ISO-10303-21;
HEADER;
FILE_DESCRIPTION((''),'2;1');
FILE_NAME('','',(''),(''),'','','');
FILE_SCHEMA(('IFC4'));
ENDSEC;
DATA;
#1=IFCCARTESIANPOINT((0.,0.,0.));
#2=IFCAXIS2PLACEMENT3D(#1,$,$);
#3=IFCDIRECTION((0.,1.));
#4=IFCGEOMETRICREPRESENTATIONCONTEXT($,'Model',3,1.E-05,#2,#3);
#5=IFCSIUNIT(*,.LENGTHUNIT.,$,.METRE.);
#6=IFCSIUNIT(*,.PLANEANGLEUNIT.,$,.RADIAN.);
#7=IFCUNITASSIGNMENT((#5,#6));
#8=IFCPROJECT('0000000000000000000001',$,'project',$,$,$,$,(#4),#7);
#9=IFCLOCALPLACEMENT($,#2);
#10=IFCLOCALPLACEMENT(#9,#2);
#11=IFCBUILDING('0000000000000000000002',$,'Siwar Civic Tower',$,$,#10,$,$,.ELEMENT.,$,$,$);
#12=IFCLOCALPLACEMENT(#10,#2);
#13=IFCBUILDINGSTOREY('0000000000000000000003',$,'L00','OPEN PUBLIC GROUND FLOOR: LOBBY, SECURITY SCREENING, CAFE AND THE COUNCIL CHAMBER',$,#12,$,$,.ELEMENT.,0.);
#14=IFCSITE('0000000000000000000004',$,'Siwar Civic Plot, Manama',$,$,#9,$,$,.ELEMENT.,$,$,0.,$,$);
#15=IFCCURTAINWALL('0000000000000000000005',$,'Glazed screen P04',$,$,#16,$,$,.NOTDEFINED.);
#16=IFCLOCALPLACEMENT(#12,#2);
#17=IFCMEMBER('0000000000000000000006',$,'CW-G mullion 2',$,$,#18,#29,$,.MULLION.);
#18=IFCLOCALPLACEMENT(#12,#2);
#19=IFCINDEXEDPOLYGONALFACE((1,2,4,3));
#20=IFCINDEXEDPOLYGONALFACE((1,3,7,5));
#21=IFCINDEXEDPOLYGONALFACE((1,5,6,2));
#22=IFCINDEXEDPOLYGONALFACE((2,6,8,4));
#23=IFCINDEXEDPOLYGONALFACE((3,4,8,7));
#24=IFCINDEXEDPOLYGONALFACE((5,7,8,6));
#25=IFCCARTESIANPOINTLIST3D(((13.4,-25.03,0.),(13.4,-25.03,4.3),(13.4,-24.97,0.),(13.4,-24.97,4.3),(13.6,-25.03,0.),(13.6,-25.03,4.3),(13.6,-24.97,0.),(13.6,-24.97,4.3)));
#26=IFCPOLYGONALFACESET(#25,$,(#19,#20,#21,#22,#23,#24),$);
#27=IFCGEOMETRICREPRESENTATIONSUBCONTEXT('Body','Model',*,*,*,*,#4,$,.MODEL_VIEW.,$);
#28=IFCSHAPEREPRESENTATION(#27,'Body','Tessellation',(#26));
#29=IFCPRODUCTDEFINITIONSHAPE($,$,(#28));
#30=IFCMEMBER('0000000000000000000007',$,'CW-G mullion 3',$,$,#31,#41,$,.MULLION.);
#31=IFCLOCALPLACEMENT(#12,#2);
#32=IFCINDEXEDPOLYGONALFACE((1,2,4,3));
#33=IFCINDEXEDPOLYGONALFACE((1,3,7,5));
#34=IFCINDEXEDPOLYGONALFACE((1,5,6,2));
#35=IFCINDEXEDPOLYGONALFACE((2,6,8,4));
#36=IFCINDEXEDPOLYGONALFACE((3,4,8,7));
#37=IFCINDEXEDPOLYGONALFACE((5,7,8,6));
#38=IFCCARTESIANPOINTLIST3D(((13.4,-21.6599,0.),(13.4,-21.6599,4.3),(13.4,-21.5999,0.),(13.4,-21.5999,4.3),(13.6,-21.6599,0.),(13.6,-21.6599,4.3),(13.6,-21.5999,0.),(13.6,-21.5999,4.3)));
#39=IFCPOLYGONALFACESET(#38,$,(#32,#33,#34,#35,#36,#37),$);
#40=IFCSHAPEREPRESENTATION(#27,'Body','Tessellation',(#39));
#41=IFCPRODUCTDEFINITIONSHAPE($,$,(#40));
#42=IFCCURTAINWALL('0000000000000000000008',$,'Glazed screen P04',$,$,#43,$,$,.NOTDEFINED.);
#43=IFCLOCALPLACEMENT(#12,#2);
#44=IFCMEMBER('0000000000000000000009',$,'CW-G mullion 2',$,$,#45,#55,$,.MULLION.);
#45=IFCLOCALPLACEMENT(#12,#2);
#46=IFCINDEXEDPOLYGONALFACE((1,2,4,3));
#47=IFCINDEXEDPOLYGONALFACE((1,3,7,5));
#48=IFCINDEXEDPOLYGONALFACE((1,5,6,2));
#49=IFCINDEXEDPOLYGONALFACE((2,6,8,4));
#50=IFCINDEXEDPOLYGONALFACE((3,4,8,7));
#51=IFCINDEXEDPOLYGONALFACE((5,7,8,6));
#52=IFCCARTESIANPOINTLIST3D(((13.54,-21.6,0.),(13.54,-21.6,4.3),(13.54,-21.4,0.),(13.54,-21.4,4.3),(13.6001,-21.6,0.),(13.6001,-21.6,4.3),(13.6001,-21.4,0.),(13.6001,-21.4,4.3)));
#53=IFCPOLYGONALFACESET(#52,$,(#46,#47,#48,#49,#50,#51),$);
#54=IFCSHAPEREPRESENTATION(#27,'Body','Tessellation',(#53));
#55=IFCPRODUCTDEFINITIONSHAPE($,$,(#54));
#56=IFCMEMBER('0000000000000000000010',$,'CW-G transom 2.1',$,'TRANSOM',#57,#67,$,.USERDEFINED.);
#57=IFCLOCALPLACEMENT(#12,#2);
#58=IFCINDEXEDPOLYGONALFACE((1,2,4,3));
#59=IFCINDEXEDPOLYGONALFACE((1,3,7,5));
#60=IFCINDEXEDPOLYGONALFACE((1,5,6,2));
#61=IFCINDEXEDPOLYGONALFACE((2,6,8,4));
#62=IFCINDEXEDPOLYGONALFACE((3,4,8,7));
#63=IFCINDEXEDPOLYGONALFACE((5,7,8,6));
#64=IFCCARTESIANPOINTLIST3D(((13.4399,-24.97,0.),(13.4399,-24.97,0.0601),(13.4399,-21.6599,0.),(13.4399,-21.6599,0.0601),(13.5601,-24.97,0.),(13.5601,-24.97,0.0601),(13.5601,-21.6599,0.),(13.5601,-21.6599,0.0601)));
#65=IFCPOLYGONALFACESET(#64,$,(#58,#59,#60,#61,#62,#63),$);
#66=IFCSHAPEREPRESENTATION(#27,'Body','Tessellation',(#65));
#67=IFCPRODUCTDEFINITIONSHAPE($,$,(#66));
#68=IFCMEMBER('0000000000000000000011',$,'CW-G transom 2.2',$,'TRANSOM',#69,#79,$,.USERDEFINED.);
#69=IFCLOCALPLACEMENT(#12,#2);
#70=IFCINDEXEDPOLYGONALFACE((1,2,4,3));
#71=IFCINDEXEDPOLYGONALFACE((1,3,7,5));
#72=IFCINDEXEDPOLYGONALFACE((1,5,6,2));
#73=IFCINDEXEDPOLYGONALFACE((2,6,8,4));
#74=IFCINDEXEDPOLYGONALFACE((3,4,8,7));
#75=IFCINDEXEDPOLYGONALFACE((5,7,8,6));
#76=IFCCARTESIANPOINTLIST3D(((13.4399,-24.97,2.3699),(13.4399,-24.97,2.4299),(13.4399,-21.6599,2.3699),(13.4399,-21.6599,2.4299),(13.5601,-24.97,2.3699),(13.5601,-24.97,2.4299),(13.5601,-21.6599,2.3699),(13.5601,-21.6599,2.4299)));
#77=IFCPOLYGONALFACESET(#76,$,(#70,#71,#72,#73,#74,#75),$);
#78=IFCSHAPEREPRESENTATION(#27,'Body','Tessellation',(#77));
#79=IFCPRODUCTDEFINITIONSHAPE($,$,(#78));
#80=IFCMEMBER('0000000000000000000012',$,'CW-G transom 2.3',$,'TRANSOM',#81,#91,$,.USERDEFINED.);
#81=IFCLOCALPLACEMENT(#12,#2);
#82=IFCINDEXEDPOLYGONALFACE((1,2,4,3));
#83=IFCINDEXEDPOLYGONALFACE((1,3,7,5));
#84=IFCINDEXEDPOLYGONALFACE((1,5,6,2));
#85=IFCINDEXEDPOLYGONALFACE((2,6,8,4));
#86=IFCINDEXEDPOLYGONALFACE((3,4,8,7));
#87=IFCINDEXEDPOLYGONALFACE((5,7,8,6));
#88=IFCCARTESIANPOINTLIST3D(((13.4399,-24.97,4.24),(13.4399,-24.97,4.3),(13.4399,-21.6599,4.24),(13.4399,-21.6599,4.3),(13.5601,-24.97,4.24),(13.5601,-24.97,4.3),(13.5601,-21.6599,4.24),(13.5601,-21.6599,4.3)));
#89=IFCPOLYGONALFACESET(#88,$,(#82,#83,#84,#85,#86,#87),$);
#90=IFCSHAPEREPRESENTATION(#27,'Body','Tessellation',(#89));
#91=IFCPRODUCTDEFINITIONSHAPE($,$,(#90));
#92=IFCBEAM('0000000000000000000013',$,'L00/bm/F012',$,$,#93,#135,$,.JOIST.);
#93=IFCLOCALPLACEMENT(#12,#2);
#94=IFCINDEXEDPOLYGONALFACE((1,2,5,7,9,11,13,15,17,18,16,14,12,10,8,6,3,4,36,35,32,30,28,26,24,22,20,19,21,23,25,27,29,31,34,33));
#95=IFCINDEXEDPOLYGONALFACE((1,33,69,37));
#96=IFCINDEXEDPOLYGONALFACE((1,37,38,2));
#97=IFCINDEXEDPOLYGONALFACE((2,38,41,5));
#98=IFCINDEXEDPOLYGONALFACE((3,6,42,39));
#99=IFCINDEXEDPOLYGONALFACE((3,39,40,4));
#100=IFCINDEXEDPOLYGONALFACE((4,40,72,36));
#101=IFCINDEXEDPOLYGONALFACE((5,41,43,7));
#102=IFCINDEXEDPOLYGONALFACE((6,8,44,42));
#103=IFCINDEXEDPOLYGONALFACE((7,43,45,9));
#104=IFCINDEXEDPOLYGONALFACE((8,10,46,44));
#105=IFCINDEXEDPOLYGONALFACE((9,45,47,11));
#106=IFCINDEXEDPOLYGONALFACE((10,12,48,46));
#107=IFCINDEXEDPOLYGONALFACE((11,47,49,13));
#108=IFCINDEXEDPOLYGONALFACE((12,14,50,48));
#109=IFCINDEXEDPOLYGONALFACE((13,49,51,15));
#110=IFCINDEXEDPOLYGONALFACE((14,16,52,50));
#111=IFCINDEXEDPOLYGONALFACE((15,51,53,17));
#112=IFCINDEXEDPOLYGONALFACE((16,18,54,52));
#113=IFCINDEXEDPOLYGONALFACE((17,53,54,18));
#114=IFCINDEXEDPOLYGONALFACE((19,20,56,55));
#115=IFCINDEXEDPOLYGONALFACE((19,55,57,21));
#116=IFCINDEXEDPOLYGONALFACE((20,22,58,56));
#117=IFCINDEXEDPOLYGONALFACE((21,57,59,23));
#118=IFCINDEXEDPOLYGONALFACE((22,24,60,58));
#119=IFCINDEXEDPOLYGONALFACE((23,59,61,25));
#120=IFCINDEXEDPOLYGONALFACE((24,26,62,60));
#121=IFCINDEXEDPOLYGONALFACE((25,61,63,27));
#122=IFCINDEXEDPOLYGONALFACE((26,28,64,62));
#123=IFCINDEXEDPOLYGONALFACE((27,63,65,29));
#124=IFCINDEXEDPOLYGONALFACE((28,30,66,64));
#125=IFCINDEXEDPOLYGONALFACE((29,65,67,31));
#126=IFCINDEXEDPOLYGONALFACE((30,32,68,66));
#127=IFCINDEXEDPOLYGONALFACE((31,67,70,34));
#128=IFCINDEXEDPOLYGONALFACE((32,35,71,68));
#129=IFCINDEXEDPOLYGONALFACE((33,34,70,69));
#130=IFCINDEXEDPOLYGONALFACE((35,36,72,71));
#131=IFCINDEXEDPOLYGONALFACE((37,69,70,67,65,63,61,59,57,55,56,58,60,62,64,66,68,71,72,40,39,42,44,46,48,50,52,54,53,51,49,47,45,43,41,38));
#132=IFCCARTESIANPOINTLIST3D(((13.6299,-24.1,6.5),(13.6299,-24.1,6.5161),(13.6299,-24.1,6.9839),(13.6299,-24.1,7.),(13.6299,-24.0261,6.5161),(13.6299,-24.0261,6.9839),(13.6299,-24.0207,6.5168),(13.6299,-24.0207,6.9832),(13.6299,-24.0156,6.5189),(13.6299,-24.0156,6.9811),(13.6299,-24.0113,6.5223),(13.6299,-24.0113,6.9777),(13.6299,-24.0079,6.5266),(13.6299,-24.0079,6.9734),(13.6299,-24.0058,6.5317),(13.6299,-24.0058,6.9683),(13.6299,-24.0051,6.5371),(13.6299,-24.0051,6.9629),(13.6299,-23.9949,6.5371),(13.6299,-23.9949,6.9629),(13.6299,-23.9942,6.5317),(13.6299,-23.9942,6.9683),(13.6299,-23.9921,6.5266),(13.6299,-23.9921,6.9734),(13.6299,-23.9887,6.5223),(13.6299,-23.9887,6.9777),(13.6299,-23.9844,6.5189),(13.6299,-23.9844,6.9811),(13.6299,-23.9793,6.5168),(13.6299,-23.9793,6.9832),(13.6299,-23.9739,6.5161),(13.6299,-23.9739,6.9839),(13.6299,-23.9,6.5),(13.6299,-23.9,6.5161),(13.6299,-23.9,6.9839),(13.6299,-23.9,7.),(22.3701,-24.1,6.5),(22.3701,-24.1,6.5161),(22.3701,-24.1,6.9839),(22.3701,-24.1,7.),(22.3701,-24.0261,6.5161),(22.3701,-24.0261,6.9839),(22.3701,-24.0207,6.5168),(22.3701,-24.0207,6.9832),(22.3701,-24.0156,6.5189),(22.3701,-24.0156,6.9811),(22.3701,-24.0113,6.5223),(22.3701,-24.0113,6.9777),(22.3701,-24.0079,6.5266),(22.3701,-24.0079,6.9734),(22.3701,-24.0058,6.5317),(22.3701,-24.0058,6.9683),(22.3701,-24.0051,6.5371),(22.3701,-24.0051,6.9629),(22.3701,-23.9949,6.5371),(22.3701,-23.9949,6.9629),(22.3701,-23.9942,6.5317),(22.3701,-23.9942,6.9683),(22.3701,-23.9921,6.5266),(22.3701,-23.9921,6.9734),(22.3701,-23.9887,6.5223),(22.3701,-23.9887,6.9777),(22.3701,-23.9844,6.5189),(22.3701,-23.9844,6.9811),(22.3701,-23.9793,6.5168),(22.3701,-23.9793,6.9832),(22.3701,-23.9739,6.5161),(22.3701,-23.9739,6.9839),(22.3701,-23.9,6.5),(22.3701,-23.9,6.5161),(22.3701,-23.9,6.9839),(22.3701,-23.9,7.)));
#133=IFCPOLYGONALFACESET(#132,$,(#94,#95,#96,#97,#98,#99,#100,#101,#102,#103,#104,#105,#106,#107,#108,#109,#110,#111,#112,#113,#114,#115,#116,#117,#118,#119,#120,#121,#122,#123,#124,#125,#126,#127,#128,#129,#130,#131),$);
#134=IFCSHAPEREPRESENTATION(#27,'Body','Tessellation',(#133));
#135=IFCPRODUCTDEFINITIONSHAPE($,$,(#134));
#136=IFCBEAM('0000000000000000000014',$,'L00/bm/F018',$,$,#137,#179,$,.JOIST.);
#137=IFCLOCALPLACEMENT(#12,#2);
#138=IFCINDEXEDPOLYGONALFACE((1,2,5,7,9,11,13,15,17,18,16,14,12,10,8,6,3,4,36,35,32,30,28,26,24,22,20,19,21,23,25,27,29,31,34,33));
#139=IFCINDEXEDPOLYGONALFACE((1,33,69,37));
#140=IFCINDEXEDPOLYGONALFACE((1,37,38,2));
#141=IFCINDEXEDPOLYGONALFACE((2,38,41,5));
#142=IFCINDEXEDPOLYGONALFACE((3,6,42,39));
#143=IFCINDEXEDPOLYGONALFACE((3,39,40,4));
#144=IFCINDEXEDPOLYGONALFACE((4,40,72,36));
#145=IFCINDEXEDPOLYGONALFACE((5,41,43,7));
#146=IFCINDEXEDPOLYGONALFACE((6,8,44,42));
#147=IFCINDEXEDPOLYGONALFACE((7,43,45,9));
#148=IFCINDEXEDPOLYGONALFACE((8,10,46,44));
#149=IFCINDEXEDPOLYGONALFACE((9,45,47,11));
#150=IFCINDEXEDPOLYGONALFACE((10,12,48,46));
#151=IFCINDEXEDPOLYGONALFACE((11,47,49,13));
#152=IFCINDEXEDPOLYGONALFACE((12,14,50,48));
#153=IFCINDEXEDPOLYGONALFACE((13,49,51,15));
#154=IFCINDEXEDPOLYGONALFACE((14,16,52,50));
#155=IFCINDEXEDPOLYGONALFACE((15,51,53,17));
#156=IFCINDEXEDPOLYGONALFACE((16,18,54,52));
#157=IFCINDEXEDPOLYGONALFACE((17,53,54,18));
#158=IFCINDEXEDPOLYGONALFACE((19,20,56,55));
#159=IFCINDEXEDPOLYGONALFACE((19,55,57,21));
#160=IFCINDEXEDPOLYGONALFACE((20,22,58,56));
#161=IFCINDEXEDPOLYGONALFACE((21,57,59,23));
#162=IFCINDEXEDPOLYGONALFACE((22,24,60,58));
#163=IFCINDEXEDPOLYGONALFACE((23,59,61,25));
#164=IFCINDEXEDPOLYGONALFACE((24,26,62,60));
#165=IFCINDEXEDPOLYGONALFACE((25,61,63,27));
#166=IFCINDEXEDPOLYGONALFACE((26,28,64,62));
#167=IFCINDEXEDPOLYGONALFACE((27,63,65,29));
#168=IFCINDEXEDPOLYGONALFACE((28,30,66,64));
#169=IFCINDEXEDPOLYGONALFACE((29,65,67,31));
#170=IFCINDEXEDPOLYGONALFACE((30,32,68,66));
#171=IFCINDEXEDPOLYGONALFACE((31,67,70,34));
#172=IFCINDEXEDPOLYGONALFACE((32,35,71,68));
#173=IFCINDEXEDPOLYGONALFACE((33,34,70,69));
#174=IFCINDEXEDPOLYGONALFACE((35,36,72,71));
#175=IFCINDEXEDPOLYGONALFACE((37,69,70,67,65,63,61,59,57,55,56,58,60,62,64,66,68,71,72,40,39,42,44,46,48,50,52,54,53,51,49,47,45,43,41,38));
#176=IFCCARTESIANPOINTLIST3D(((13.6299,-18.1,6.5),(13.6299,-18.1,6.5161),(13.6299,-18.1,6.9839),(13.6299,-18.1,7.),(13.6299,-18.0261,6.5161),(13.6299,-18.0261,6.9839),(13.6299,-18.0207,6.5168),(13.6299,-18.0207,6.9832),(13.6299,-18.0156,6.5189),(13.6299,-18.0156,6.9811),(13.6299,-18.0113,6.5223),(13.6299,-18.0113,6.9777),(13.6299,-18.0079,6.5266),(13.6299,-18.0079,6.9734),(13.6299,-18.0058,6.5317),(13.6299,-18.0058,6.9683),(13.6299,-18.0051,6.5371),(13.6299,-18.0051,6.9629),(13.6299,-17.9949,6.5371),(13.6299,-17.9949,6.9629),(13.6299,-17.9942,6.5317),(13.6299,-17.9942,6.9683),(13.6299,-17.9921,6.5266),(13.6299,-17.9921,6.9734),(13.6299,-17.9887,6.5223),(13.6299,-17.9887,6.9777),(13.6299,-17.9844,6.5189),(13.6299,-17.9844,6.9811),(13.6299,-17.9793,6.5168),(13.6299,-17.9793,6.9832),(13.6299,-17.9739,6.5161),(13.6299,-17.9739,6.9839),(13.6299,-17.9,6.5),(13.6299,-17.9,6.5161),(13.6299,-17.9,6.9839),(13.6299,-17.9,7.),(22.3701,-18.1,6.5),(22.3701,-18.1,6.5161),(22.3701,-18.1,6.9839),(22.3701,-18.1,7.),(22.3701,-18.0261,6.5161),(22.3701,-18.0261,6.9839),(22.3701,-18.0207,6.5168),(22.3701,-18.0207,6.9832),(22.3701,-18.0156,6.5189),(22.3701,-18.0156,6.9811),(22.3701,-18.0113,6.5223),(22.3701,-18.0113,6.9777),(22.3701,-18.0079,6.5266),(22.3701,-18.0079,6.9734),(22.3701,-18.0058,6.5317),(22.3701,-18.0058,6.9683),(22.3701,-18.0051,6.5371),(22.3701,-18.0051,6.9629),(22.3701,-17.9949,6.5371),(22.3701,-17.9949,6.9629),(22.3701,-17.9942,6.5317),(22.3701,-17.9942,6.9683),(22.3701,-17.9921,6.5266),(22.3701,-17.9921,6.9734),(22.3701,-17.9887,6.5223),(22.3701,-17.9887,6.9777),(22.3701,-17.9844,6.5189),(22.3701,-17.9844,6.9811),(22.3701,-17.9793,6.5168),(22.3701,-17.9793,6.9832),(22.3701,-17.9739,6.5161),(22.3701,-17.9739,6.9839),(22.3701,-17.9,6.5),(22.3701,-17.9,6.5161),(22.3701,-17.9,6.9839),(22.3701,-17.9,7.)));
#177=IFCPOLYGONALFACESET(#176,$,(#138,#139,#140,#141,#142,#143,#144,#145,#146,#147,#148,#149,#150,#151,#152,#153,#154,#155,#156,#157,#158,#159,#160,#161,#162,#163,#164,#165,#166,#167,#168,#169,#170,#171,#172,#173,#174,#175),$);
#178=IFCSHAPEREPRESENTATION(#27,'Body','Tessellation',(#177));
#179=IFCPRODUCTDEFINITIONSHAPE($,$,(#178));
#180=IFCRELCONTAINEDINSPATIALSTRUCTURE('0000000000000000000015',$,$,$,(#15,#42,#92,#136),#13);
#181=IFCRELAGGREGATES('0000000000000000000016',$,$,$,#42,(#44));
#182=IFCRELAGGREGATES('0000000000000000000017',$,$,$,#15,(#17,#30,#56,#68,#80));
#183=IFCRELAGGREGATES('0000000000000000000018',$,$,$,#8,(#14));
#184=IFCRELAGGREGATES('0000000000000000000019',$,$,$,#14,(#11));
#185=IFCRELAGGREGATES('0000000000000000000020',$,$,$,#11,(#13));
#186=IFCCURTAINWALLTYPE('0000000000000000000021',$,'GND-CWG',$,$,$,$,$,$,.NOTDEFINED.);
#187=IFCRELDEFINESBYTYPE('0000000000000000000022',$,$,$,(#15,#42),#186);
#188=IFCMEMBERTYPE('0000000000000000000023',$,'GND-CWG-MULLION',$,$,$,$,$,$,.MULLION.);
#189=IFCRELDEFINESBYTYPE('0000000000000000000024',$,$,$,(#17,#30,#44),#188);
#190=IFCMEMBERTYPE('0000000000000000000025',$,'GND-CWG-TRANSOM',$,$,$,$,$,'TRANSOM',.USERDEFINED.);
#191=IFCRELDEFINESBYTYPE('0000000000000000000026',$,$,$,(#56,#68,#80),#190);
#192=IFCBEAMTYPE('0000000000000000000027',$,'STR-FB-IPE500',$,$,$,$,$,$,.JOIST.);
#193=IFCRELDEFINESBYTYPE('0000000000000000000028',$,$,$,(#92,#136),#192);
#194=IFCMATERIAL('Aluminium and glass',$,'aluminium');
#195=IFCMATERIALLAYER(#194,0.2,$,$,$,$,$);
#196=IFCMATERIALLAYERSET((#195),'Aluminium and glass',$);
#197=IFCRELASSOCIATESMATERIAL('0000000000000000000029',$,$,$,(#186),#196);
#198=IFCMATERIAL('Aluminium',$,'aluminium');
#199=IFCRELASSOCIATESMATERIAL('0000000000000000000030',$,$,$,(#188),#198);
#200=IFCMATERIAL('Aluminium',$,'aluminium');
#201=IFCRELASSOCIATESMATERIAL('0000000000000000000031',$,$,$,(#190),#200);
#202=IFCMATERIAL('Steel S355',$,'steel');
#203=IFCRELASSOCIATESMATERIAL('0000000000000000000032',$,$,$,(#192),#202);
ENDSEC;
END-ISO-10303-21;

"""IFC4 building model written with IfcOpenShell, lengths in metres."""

from ifc_helpers import new_model, si_unit, direction, frame, origin, origin_2d, place, context, subcontext, project, spatial, rectangle, i_section, extrude, material, layer, layer_set, material_profile, profile_set, type_object, element, aggregate, save


model = new_model("IFC4")

# Units and contexts
model_context = context("Model", 3, precision=1e-05, world=origin(), true_north=direction((0.0, 1.0)))
body_context = subcontext(model_context, "Body", "Model", "MODEL_VIEW")
ifc_project = project(units=[si_unit("LENGTHUNIT", "METRE"), si_unit("PLANEANGLEUNIT", "RADIAN")], contexts=[model_context])

# Site, building, storey
site_placement = place(None, origin())
site = spatial("IfcSite", under=ifc_project, at=site_placement, Name="Siwar Civic Plot, Manama", CompositionType="ELEMENT", RefElevation=0.0)
building_placement = place(site_placement, origin())
building = spatial("IfcBuilding", under=site, at=building_placement, Name="Siwar Civic Tower", CompositionType="ELEMENT")
storey_placement = place(building_placement, origin())
storey = spatial("IfcBuildingStorey", under=building, at=storey_placement, Name="L00", Description="OPEN PUBLIC GROUND FLOOR: LOBBY, SECURITY SCREENING, CAFE AND THE COUNCIL CHAMBER", CompositionType="ELEMENT", Elevation=0.0)

# Curtain wall, members
ifc_material_1 = material(Name="Aluminium and glass", Category="aluminium")
ifc_layer_1 = layer(ifc_material_1, 0.2)
ifc_layer_set_1 = layer_set([ifc_layer_1], Name="Aluminium and glass")
curtain_wall_type = type_object("IfcCurtainWallType", Name="GND-CWG", PredefinedType="NOTDEFINED", material=ifc_layer_set_1)
curtain_wall_1_placement = place(storey_placement, origin())
curtain_wall_1 = element("IfcCurtainWall", 1, at=curtain_wall_1_placement, inside=storey, type_object=curtain_wall_type, Name="Glazed screen P04", PredefinedType="NOTDEFINED")
ifc_material_2 = material(Name="Aluminium", Category="aluminium")
ifc_material_profile_1 = material_profile(ifc_material_2, rectangle(XDim=0.2, YDim=0.0601, at=origin_2d()), Name="AL 200x60")
ifc_profile_set_1 = profile_set([ifc_material_profile_1], Name="Aluminium")
member_type_1 = type_object("IfcMemberType", Name="GND-CWG-MULLION", PredefinedType="MULLION", material=ifc_profile_set_1)
member_1_placement = place(storey_placement, frame((13.5, -25.0, 0.0), z_axis=(0.0, 0.0, 1.0), x_axis=(-1.0, 0.0, 0.0)))
member_1 = element("IfcMember", 2, at=member_1_placement, type_object=member_type_1, Name="CW-G mullion 2", PredefinedType="MULLION", context=body_context, shape_type="SweptSolid", body=[
    extrude(rectangle(XDim=0.2, YDim=0.0601, at=origin_2d()), origin(), (0.0, 0.0, 1.0), 4.3),
])
member_2_placement = place(storey_placement, frame((13.5, -21.6299, 0.0), z_axis=(0.0, 0.0, 1.0), x_axis=(-1.0, 0.0, 0.0)))
member_2 = element("IfcMember", 3, at=member_2_placement, type_object=member_type_1, Name="CW-G mullion 3", PredefinedType="MULLION", context=body_context, shape_type="SweptSolid", body=[
    extrude(rectangle(XDim=0.2, YDim=0.0601, at=origin_2d()), origin(), (0.0, 0.0, 1.0), 4.3),
])

# Curtain wall, member
curtain_wall_2_placement = place(storey_placement, origin())
curtain_wall_2 = element("IfcCurtainWall", 4, at=curtain_wall_2_placement, inside=storey, type_object=curtain_wall_type, Name="Glazed screen P04", PredefinedType="NOTDEFINED")
member_3_placement = place(storey_placement, frame((13.5701, -21.5, 0.0), z_axis=(0.0, 0.0, 1.0), x_axis=(0.0, 1.0, 0.0)))
member_3 = element("IfcMember", 5, at=member_3_placement, type_object=member_type_1, Name="CW-G mullion 2", PredefinedType="MULLION", context=body_context, shape_type="SweptSolid", body=[
    extrude(rectangle(XDim=0.2, YDim=0.0601, at=origin_2d()), origin(), (0.0, 0.0, 1.0), 4.3),
])
aggregate(curtain_wall_2, [member_3])

# Members
ifc_material_3 = material(Name="Aluminium", Category="aluminium")
ifc_material_profile_2 = material_profile(ifc_material_3, rectangle(XDim=0.1201, YDim=0.0601, at=origin_2d()), Name="AL 120x60")
ifc_profile_set_2 = profile_set([ifc_material_profile_2], Name="Aluminium")
member_type_2 = type_object("IfcMemberType", Name="GND-CWG-TRANSOM", ElementType="TRANSOM", PredefinedType="USERDEFINED", material=ifc_profile_set_2)
member_4_placement = place(storey_placement, frame((13.5, -24.97, 0.03), z_axis=(0.0, 1.0, 0.0), x_axis=(-1.0, 0.0, 0.0)))
member_4 = element("IfcMember", 6, at=member_4_placement, type_object=member_type_2, Name="CW-G transom 2.1", ObjectType="TRANSOM", PredefinedType="USERDEFINED", context=body_context, shape_type="SweptSolid", body=[
    extrude(rectangle(XDim=0.1201, YDim=0.0601, at=origin_2d()), origin(), (0.0, 0.0, 1.0), 3.3101),
])
member_5_placement = place(storey_placement, frame((13.5, -24.97, 2.3999), z_axis=(0.0, 1.0, 0.0), x_axis=(-1.0, 0.0, 0.0)))
member_5 = element("IfcMember", 7, at=member_5_placement, type_object=member_type_2, Name="CW-G transom 2.2", ObjectType="TRANSOM", PredefinedType="USERDEFINED", context=body_context, shape_type="SweptSolid", body=[
    extrude(rectangle(XDim=0.1201, YDim=0.0601, at=origin_2d()), origin(), (0.0, 0.0, 1.0), 3.3101),
])
member_6_placement = place(storey_placement, frame((13.5, -24.97, 4.27), z_axis=(0.0, 1.0, 0.0), x_axis=(-1.0, 0.0, 0.0)))
member_6 = element("IfcMember", 8, at=member_6_placement, type_object=member_type_2, Name="CW-G transom 2.3", ObjectType="TRANSOM", PredefinedType="USERDEFINED", context=body_context, shape_type="SweptSolid", body=[
    extrude(rectangle(XDim=0.1201, YDim=0.0601, at=origin_2d()), origin(), (0.0, 0.0, 1.0), 3.3101),
])

# Beams
ifc_material_4 = material(Name="Steel S355", Category="steel")
ifc_material_profile_3 = material_profile(ifc_material_4, i_section(OverallWidth=0.2, OverallDepth=0.5, WebThickness=0.0103, FlangeThickness=0.0161, FilletRadius=0.021, at=origin_2d()), Name="IPE500")
ifc_profile_set_3 = profile_set([ifc_material_profile_3], Name="Steel S355")
beam_type_1 = type_object("IfcBeamType", Name="STR-FB-IPE500", PredefinedType="JOIST", material=ifc_profile_set_3)
for number, where, z_axis, x_axis, name in (
    (9, (13.6299, -24.0, 6.75), (1.0, 0.0, 0.0), (0.0, 1.0, 0.0), "L00/bm/F012"),
    (10, (13.6299, -18.0, 6.75), (1.0, 0.0, 0.0), (0.0, 1.0, 0.0), "L00/bm/F018"),
):
    element("IfcBeam", number, at=place(storey_placement, frame(where, z_axis=z_axis, x_axis=x_axis)), inside=storey, type_object=beam_type_1, Name=name, PredefinedType="JOIST", context=body_context, shape_type="SweptSolid", body=[
        extrude(i_section(OverallWidth=0.2, OverallDepth=0.5, WebThickness=0.0103, FlangeThickness=0.0161, FilletRadius=0.021, at=origin_2d()), origin(), (0.0, 0.0, 1.0), 8.7402),
    ])

aggregate(curtain_wall_1, [member_1, member_2, member_4, member_5, member_6])

save(model, "model.ifc")
